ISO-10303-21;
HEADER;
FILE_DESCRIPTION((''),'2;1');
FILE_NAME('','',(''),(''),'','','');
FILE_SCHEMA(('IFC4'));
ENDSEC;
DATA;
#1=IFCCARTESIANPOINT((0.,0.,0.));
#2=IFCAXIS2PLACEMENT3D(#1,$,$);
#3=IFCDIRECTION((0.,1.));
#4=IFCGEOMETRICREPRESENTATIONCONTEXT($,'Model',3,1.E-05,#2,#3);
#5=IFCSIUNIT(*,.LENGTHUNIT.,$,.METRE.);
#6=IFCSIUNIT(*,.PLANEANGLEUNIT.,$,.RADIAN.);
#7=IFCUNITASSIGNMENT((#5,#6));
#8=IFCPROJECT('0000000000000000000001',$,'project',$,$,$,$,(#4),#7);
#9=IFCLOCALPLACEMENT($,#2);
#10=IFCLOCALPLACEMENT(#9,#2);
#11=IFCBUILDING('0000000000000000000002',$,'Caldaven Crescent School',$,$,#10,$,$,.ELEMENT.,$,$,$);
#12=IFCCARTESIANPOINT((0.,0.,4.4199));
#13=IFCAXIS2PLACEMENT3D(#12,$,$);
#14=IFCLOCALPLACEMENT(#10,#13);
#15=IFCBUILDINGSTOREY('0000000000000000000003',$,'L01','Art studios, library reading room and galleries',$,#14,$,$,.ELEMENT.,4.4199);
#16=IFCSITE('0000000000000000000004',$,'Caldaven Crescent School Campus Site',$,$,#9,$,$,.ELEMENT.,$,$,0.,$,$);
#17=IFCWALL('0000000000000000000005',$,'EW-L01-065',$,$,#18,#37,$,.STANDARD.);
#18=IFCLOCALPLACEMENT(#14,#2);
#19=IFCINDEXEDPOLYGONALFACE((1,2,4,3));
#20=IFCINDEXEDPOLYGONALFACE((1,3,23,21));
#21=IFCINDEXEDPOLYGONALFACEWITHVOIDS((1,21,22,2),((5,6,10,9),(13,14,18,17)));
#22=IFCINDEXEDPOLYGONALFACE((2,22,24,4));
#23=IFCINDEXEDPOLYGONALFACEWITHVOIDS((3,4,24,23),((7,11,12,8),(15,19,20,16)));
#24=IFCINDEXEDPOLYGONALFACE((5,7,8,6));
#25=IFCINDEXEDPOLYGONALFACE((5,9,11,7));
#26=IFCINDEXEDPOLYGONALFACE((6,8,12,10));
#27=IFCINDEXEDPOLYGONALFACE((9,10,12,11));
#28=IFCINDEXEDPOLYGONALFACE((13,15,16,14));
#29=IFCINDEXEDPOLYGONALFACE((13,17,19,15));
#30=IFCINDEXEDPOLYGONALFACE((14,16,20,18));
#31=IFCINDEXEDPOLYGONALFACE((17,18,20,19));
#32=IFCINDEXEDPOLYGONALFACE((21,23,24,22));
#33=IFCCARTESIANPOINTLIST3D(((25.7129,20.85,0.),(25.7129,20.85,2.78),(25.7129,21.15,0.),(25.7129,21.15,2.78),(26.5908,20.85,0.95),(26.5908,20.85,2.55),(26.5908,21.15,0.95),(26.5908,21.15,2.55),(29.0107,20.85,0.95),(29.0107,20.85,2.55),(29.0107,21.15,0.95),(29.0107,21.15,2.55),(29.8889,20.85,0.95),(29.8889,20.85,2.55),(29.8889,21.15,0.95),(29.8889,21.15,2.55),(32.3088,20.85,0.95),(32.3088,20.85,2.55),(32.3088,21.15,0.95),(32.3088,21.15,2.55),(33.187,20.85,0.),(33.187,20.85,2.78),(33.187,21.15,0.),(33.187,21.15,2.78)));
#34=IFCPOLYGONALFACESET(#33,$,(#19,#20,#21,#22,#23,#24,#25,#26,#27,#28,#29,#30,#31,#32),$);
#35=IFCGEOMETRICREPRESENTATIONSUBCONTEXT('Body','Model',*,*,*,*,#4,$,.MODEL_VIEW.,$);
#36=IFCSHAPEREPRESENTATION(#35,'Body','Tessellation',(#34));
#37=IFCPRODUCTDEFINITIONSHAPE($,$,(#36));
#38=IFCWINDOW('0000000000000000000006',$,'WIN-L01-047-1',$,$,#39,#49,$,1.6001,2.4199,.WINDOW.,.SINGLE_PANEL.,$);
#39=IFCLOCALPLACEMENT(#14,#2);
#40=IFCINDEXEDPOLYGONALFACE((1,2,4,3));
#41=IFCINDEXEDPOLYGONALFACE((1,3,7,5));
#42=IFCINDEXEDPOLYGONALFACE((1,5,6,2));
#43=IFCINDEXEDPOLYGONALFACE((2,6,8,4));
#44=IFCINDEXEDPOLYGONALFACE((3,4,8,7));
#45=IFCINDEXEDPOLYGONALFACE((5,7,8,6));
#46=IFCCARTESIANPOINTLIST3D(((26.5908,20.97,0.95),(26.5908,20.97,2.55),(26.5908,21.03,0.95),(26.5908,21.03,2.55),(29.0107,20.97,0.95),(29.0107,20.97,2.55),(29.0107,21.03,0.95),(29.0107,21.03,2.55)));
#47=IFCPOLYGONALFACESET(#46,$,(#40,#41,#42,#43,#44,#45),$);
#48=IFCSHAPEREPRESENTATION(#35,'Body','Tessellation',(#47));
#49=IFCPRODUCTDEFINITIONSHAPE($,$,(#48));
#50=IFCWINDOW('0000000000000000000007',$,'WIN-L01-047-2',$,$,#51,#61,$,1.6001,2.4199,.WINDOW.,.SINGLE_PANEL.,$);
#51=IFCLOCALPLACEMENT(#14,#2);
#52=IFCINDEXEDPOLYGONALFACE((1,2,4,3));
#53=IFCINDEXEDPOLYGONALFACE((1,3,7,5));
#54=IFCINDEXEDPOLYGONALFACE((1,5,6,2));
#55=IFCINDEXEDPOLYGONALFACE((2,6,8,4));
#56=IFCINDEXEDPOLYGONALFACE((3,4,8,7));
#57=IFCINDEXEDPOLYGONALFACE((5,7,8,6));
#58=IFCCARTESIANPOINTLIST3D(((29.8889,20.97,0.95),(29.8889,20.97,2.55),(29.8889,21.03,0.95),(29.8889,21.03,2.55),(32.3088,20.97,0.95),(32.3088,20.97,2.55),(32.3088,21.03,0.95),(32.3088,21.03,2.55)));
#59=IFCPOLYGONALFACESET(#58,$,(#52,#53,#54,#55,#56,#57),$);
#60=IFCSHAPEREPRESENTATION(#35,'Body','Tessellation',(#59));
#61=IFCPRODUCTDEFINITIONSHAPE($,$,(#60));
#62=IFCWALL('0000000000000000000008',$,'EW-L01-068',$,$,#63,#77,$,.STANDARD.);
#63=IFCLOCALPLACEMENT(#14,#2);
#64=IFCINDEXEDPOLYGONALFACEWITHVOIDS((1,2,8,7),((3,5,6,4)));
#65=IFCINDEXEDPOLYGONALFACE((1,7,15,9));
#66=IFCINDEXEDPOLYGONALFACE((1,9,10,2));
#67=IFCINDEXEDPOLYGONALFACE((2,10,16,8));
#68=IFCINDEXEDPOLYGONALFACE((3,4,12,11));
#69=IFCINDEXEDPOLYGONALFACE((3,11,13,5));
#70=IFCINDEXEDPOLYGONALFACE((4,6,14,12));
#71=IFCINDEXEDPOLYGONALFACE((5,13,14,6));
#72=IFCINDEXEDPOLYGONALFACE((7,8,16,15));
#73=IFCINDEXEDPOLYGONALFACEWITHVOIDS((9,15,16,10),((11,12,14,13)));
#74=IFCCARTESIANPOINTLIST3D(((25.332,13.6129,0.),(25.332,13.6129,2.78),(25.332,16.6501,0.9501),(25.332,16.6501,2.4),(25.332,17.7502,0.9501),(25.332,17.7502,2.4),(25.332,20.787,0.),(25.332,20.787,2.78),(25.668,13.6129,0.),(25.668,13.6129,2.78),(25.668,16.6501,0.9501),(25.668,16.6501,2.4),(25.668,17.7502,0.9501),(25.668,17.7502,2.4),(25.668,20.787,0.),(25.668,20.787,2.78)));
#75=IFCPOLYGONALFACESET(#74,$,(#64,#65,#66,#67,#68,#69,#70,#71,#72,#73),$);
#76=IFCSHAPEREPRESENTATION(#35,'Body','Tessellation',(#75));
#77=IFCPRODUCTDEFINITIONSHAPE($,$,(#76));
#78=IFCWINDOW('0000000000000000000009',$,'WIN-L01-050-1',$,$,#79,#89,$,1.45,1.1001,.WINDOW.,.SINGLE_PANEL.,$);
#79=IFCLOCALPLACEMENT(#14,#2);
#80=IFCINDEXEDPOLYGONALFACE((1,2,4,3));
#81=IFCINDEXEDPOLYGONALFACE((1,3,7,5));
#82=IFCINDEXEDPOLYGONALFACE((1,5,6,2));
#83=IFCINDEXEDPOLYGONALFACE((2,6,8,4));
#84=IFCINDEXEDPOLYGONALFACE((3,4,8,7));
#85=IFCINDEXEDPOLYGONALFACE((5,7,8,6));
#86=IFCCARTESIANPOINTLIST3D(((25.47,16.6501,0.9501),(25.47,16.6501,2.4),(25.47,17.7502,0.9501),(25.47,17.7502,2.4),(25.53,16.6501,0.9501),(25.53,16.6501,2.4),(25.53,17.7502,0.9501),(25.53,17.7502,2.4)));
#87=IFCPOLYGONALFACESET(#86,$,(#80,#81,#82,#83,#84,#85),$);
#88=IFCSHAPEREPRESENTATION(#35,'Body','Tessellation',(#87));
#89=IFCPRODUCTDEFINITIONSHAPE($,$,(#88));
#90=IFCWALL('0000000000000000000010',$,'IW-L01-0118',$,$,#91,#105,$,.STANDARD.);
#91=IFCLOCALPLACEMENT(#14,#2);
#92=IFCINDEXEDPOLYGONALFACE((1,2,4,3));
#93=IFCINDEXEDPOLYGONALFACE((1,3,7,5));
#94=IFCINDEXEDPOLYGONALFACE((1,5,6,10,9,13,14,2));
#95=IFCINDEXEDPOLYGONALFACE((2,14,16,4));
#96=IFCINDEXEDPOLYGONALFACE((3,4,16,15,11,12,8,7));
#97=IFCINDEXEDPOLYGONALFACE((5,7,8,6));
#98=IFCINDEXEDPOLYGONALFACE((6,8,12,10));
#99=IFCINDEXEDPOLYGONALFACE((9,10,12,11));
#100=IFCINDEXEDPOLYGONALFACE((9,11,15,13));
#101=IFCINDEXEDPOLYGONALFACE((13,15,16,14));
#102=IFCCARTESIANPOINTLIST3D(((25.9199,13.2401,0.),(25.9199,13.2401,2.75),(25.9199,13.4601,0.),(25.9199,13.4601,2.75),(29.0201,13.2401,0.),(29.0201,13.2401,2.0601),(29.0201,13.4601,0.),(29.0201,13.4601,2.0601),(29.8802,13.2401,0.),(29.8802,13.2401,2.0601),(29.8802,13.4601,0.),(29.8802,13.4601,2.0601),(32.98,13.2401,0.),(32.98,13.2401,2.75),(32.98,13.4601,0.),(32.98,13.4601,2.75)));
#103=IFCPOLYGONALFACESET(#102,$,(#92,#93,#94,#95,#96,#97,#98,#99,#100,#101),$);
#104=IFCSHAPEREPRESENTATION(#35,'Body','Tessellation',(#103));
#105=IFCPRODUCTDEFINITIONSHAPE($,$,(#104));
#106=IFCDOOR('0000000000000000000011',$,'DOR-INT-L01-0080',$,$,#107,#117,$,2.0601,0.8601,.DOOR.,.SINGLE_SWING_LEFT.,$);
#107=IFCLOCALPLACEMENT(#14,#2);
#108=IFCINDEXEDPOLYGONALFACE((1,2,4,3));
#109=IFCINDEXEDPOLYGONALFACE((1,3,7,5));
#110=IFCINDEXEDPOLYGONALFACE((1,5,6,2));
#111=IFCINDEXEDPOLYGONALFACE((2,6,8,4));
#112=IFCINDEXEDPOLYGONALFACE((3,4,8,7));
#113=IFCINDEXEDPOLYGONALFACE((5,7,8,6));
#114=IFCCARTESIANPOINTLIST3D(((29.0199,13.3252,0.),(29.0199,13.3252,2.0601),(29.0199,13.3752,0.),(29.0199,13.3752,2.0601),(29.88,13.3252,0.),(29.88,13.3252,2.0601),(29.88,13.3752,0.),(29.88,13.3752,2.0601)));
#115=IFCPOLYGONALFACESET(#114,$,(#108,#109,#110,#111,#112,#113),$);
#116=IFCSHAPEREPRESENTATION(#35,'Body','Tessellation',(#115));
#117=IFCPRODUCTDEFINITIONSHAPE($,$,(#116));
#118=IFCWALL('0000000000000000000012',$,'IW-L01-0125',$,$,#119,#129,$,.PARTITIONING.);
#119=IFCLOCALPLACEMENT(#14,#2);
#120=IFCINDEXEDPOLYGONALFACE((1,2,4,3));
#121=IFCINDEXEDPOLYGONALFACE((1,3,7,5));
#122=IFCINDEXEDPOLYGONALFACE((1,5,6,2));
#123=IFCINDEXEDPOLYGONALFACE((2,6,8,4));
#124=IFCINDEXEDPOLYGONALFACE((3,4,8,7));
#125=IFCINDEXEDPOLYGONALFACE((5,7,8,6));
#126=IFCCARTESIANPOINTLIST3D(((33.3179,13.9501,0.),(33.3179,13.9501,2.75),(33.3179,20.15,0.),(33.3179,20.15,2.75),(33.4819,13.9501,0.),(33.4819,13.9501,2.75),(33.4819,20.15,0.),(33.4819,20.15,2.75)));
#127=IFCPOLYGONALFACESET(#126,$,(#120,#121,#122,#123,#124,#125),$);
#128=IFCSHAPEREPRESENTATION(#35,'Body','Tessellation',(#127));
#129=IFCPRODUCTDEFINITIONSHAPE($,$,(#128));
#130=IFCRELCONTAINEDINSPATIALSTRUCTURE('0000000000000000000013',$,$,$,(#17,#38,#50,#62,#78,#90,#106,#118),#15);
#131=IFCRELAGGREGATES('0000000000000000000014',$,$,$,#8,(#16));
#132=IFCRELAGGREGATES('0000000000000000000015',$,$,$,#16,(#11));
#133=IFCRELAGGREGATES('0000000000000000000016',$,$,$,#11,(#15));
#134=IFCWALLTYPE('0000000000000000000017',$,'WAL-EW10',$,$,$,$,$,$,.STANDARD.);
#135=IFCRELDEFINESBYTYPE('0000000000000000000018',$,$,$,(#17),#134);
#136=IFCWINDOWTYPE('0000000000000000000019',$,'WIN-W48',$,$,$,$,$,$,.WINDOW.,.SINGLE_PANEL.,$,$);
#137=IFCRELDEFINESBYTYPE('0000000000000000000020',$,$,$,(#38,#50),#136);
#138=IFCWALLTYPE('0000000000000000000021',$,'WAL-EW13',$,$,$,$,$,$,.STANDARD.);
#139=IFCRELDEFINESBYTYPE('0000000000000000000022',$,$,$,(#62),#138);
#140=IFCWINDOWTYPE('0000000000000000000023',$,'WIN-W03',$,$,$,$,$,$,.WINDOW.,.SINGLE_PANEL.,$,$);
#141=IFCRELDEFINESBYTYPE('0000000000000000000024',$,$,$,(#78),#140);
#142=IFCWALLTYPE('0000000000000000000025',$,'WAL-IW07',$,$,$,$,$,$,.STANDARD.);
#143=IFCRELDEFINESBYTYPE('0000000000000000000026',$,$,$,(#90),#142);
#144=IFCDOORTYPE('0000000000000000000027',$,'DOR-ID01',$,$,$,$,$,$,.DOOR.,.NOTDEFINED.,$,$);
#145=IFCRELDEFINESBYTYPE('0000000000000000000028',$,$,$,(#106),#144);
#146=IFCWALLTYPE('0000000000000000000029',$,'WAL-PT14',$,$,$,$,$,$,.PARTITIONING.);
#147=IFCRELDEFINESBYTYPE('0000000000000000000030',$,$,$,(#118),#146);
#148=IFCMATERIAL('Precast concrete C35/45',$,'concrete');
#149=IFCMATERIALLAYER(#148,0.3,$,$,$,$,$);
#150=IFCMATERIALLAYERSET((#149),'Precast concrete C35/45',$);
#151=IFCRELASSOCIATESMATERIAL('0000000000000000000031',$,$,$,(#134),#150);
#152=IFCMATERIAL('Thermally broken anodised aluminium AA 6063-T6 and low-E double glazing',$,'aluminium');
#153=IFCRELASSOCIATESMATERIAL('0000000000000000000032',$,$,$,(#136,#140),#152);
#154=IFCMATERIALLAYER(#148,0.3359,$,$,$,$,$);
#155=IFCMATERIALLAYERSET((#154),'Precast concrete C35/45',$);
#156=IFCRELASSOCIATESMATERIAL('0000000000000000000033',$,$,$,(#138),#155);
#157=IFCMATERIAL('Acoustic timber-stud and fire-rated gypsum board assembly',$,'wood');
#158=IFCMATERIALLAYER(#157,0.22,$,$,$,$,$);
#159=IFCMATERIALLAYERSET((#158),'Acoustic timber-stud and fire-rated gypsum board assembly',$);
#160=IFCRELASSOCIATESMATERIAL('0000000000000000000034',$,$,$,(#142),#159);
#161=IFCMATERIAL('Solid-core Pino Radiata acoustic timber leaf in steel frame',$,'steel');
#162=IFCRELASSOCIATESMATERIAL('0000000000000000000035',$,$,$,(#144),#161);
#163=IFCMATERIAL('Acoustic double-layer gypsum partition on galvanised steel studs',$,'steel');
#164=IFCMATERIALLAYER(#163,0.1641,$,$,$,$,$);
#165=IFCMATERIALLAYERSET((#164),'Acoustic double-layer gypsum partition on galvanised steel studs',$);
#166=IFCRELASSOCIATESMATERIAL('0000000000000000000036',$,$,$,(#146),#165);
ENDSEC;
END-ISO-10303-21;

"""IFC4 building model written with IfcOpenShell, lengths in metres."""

from ifc_helpers import new_model, si_unit, direction, frame, frame_2d, origin, place, context, subcontext, project, spatial, rectangle, extrude, material, layer, layer_set, type_object, element, fill, save


model = new_model("IFC4")

# Units and contexts
model_context = context("Model", 3, precision=1e-05, world=origin(), true_north=direction((0.0, 1.0)))
body_context = subcontext(model_context, "Body", "Model", "MODEL_VIEW")
ifc_project = project(units=[si_unit("LENGTHUNIT", "METRE"), si_unit("PLANEANGLEUNIT", "RADIAN")], contexts=[model_context])

# Site, building, storey
site_placement = place(None, origin())
site = spatial("IfcSite", under=ifc_project, at=site_placement, Name="Caldaven Crescent School Campus Site", CompositionType="ELEMENT", RefElevation=0.0)
building_placement = place(site_placement, origin())
building = spatial("IfcBuilding", under=site, at=building_placement, Name="Caldaven Crescent School", CompositionType="ELEMENT")
storey_placement = place(building_placement, frame((0.0, 0.0, 4.4199)))
storey = spatial("IfcBuildingStorey", under=building, at=storey_placement, Name="L01", Description="Art studios, library reading room and galleries", CompositionType="ELEMENT", Elevation=4.4199)

# Wall, openings, windows
ifc_material_1 = material(Name="Precast concrete C35/45", Category="concrete")
ifc_layer_1 = layer(ifc_material_1, 0.3)
ifc_layer_set_1 = layer_set([ifc_layer_1], Name="Precast concrete C35/45")
wall_type_1 = type_object("IfcWallType", Name="WAL-EW10", PredefinedType="STANDARD", material=ifc_layer_set_1)
wall_1_placement = place(storey_placement, frame((25.7129, 21.0, 0.0), z_axis=(0.0, 0.0, 1.0), x_axis=(1.0, 0.0, 0.0)))
wall_1 = element("IfcWall", 1, at=wall_1_placement, inside=storey, type_object=wall_type_1, Name="EW-L01-065", PredefinedType="STANDARD", context=body_context, shape_type="SweptSolid", body=[
    extrude(rectangle(XDim=7.4741, YDim=0.3, at=frame_2d((3.7371, 0.0))), origin(), (0.0, 0.0, 1.0), 2.78),
])
opening_1_placement = place(wall_1_placement, frame((0.8779, 0.0, 0.95)))
opening_1 = element("IfcOpeningElement", 2, at=opening_1_placement, cuts=wall_1, PredefinedType="OPENING", context=body_context, shape_type="SweptSolid", body=[
    extrude(rectangle(XDim=2.4199, YDim=1.6001, at=frame_2d((1.21, 0.8))), frame((0.0, 0.1599, 0.0), z_axis=(0.0, -1.0, 0.0), x_axis=(1.0, 0.0, 0.0)), (0.0, 0.0, 1.0), 0.3201),
])
opening_2_placement = place(wall_1_placement, frame((4.176, 0.0, 0.95)))
opening_2 = element("IfcOpeningElement", 3, at=opening_2_placement, cuts=wall_1, PredefinedType="OPENING", context=body_context, shape_type="SweptSolid", body=[
    extrude(rectangle(XDim=2.4199, YDim=1.6001, at=frame_2d((1.21, 0.8))), frame((0.0, 0.1599, 0.0), z_axis=(0.0, -1.0, 0.0), x_axis=(1.0, 0.0, 0.0)), (0.0, 0.0, 1.0), 0.3201),
])
ifc_material_2 = material(Name="Thermally broken anodised aluminium AA 6063-T6 and low-E double glazing", Category="aluminium")
window_type_1 = type_object("IfcWindowType", Name="WIN-W48", PartitioningType="SINGLE_PANEL", PredefinedType="WINDOW", material=ifc_material_2)
window_1_placement = place(opening_1_placement, origin())
window_1 = element("IfcWindow", 4, at=window_1_placement, inside=storey, type_object=window_type_1, Name="WIN-L01-047-1", OverallHeight=1.6001, OverallWidth=2.4199, PartitioningType="SINGLE_PANEL", PredefinedType="WINDOW", context=body_context, shape_type="SweptSolid", body=[
    extrude(rectangle(XDim=2.4199, YDim=1.6001, at=frame_2d((1.21, 0.8))), frame((0.0, 0.03, 0.0), z_axis=(0.0, -1.0, 0.0), x_axis=(1.0, 0.0, 0.0)), (0.0, 0.0, 1.0), 0.0601),
])
fill(opening_1, window_1)
window_2_placement = place(opening_2_placement, origin())
window_2 = element("IfcWindow", 5, at=window_2_placement, inside=storey, type_object=window_type_1, Name="WIN-L01-047-2", OverallHeight=1.6001, OverallWidth=2.4199, PartitioningType="SINGLE_PANEL", PredefinedType="WINDOW", context=body_context, shape_type="SweptSolid", body=[
    extrude(rectangle(XDim=2.4199, YDim=1.6001, at=frame_2d((1.21, 0.8))), frame((0.0, 0.03, 0.0), z_axis=(0.0, -1.0, 0.0), x_axis=(1.0, 0.0, 0.0)), (0.0, 0.0, 1.0), 0.0601),
])
fill(opening_2, window_2)

# Wall, opening, window
ifc_layer_2 = layer(ifc_material_1, 0.3359)
ifc_layer_set_2 = layer_set([ifc_layer_2], Name="Precast concrete C35/45")
wall_type_2 = type_object("IfcWallType", Name="WAL-EW13", PredefinedType="STANDARD", material=ifc_layer_set_2)
wall_2_placement = place(storey_placement, frame((25.5, 13.613, 0.0), z_axis=(0.0, 0.0, 1.0), x_axis=(0.0, 1.0, 0.0)))
wall_2 = element("IfcWall", 6, at=wall_2_placement, inside=storey, type_object=wall_type_2, Name="EW-L01-068", PredefinedType="STANDARD", context=body_context, shape_type="SweptSolid", body=[
    extrude(rectangle(XDim=7.1741, YDim=0.3359, at=frame_2d((3.5869, 0.0))), origin(), (0.0, 0.0, 1.0), 2.78),
])
opening_3_placement = place(wall_2_placement, frame((3.0371, 0.0, 0.95)))
opening_3 = element("IfcOpeningElement", 7, at=opening_3_placement, cuts=wall_2, PredefinedType="OPENING", context=body_context, shape_type="SweptSolid", body=[
    extrude(rectangle(XDim=1.1001, YDim=1.45, at=frame_2d((0.55, 0.7251))), frame((0.0, 0.178, 0.0), z_axis=(0.0, -1.0, 0.0), x_axis=(1.0, 0.0, 0.0)), (0.0, 0.0, 1.0), 0.356),
])
window_type_2 = type_object("IfcWindowType", Name="WIN-W03", PartitioningType="SINGLE_PANEL", PredefinedType="WINDOW", material=ifc_material_2)
window_3_placement = place(opening_3_placement, origin())
window_3 = element("IfcWindow", 8, at=window_3_placement, inside=storey, type_object=window_type_2, Name="WIN-L01-050-1", OverallHeight=1.45, OverallWidth=1.1001, PartitioningType="SINGLE_PANEL", PredefinedType="WINDOW", context=body_context, shape_type="SweptSolid", body=[
    extrude(rectangle(XDim=1.1001, YDim=1.45, at=frame_2d((0.55, 0.7251))), frame((0.0, 0.03, 0.0), z_axis=(0.0, -1.0, 0.0), x_axis=(1.0, 0.0, 0.0)), (0.0, 0.0, 1.0), 0.0601),
])
fill(opening_3, window_3)

# Wall, opening, door
ifc_material_3 = material(Name="Acoustic timber-stud and fire-rated gypsum board assembly", Category="wood")
ifc_layer_3 = layer(ifc_material_3, 0.22)
ifc_layer_set_3 = layer_set([ifc_layer_3], Name="Acoustic timber-stud and fire-rated gypsum board assembly")
wall_type_3 = type_object("IfcWallType", Name="WAL-IW07", PredefinedType="STANDARD", material=ifc_layer_set_3)
wall_3_placement = place(storey_placement, frame((25.9199, 13.3501, 0.0), z_axis=(0.0, 0.0, 1.0), x_axis=(1.0, 0.0, 0.0)))
wall_3 = element("IfcWall", 9, at=wall_3_placement, inside=storey, type_object=wall_type_3, Name="IW-L01-0118", PredefinedType="STANDARD", context=body_context, shape_type="SweptSolid", body=[
    extrude(rectangle(XDim=7.0601, YDim=0.22, at=frame_2d((3.53, 0.0))), origin(), (0.0, 0.0, 1.0), 2.75),
])
opening_4_placement = place(wall_3_placement, frame((3.1001, 0.0, 0.0)))
opening_4 = element("IfcOpeningElement", 10, at=opening_4_placement, cuts=wall_3, PredefinedType="OPENING", context=body_context, shape_type="SweptSolid", body=[
    extrude(rectangle(XDim=0.8601, YDim=2.0601, at=frame_2d((0.4302, 1.03))), frame((0.0, 0.1199, 0.0), z_axis=(0.0, -1.0, 0.0), x_axis=(1.0, 0.0, 0.0)), (0.0, 0.0, 1.0), 0.24),
])
ifc_material_4 = material(Name="Solid-core Pino Radiata acoustic timber leaf in steel frame", Category="steel")
door_type = type_object("IfcDoorType", Name="DOR-ID01", OperationType="NOTDEFINED", PredefinedType="DOOR", material=ifc_material_4)
door_placement = place(opening_4_placement, frame((0.8601, 0.0, 0.0), z_axis=(0.0, 0.0, 1.0), x_axis=(-1.0, 0.0, 0.0)))
door = element("IfcDoor", 11, at=door_placement, inside=storey, type_object=door_type, Name="DOR-INT-L01-0080", OperationType="SINGLE_SWING_LEFT", OverallHeight=2.0601, OverallWidth=0.8601, PredefinedType="DOOR", context=body_context, shape_type="SweptSolid", body=[
    extrude(rectangle(XDim=0.8601, YDim=2.0601, at=frame_2d((0.4302, 1.03))), frame((0.0, 0.0249, 0.0), z_axis=(0.0, -1.0, 0.0), x_axis=(1.0, 0.0, 0.0)), (0.0, 0.0, 1.0), 0.05),
])
fill(opening_4, door)

# Wall
ifc_material_5 = material(Name="Acoustic double-layer gypsum partition on galvanised steel studs", Category="steel")
ifc_layer_4 = layer(ifc_material_5, 0.1641)
ifc_layer_set_4 = layer_set([ifc_layer_4], Name="Acoustic double-layer gypsum partition on galvanised steel studs")
wall_type_4 = type_object("IfcWallType", Name="WAL-PT14", PredefinedType="PARTITIONING", material=ifc_layer_set_4)
wall_4_placement = place(storey_placement, frame((33.3999, 13.95, 0.0), z_axis=(0.0, 0.0, 1.0), x_axis=(0.0, 1.0, 0.0)))
element("IfcWall", 12, at=wall_4_placement, inside=storey, type_object=wall_type_4, Name="IW-L01-0125", PredefinedType="PARTITIONING", context=body_context, shape_type="SweptSolid", body=[
    extrude(rectangle(XDim=6.2, YDim=0.1641, at=frame_2d((3.1001, 0.0))), origin(), (0.0, 0.0, 1.0), 2.75),
])

save(model, "model.ifc")
